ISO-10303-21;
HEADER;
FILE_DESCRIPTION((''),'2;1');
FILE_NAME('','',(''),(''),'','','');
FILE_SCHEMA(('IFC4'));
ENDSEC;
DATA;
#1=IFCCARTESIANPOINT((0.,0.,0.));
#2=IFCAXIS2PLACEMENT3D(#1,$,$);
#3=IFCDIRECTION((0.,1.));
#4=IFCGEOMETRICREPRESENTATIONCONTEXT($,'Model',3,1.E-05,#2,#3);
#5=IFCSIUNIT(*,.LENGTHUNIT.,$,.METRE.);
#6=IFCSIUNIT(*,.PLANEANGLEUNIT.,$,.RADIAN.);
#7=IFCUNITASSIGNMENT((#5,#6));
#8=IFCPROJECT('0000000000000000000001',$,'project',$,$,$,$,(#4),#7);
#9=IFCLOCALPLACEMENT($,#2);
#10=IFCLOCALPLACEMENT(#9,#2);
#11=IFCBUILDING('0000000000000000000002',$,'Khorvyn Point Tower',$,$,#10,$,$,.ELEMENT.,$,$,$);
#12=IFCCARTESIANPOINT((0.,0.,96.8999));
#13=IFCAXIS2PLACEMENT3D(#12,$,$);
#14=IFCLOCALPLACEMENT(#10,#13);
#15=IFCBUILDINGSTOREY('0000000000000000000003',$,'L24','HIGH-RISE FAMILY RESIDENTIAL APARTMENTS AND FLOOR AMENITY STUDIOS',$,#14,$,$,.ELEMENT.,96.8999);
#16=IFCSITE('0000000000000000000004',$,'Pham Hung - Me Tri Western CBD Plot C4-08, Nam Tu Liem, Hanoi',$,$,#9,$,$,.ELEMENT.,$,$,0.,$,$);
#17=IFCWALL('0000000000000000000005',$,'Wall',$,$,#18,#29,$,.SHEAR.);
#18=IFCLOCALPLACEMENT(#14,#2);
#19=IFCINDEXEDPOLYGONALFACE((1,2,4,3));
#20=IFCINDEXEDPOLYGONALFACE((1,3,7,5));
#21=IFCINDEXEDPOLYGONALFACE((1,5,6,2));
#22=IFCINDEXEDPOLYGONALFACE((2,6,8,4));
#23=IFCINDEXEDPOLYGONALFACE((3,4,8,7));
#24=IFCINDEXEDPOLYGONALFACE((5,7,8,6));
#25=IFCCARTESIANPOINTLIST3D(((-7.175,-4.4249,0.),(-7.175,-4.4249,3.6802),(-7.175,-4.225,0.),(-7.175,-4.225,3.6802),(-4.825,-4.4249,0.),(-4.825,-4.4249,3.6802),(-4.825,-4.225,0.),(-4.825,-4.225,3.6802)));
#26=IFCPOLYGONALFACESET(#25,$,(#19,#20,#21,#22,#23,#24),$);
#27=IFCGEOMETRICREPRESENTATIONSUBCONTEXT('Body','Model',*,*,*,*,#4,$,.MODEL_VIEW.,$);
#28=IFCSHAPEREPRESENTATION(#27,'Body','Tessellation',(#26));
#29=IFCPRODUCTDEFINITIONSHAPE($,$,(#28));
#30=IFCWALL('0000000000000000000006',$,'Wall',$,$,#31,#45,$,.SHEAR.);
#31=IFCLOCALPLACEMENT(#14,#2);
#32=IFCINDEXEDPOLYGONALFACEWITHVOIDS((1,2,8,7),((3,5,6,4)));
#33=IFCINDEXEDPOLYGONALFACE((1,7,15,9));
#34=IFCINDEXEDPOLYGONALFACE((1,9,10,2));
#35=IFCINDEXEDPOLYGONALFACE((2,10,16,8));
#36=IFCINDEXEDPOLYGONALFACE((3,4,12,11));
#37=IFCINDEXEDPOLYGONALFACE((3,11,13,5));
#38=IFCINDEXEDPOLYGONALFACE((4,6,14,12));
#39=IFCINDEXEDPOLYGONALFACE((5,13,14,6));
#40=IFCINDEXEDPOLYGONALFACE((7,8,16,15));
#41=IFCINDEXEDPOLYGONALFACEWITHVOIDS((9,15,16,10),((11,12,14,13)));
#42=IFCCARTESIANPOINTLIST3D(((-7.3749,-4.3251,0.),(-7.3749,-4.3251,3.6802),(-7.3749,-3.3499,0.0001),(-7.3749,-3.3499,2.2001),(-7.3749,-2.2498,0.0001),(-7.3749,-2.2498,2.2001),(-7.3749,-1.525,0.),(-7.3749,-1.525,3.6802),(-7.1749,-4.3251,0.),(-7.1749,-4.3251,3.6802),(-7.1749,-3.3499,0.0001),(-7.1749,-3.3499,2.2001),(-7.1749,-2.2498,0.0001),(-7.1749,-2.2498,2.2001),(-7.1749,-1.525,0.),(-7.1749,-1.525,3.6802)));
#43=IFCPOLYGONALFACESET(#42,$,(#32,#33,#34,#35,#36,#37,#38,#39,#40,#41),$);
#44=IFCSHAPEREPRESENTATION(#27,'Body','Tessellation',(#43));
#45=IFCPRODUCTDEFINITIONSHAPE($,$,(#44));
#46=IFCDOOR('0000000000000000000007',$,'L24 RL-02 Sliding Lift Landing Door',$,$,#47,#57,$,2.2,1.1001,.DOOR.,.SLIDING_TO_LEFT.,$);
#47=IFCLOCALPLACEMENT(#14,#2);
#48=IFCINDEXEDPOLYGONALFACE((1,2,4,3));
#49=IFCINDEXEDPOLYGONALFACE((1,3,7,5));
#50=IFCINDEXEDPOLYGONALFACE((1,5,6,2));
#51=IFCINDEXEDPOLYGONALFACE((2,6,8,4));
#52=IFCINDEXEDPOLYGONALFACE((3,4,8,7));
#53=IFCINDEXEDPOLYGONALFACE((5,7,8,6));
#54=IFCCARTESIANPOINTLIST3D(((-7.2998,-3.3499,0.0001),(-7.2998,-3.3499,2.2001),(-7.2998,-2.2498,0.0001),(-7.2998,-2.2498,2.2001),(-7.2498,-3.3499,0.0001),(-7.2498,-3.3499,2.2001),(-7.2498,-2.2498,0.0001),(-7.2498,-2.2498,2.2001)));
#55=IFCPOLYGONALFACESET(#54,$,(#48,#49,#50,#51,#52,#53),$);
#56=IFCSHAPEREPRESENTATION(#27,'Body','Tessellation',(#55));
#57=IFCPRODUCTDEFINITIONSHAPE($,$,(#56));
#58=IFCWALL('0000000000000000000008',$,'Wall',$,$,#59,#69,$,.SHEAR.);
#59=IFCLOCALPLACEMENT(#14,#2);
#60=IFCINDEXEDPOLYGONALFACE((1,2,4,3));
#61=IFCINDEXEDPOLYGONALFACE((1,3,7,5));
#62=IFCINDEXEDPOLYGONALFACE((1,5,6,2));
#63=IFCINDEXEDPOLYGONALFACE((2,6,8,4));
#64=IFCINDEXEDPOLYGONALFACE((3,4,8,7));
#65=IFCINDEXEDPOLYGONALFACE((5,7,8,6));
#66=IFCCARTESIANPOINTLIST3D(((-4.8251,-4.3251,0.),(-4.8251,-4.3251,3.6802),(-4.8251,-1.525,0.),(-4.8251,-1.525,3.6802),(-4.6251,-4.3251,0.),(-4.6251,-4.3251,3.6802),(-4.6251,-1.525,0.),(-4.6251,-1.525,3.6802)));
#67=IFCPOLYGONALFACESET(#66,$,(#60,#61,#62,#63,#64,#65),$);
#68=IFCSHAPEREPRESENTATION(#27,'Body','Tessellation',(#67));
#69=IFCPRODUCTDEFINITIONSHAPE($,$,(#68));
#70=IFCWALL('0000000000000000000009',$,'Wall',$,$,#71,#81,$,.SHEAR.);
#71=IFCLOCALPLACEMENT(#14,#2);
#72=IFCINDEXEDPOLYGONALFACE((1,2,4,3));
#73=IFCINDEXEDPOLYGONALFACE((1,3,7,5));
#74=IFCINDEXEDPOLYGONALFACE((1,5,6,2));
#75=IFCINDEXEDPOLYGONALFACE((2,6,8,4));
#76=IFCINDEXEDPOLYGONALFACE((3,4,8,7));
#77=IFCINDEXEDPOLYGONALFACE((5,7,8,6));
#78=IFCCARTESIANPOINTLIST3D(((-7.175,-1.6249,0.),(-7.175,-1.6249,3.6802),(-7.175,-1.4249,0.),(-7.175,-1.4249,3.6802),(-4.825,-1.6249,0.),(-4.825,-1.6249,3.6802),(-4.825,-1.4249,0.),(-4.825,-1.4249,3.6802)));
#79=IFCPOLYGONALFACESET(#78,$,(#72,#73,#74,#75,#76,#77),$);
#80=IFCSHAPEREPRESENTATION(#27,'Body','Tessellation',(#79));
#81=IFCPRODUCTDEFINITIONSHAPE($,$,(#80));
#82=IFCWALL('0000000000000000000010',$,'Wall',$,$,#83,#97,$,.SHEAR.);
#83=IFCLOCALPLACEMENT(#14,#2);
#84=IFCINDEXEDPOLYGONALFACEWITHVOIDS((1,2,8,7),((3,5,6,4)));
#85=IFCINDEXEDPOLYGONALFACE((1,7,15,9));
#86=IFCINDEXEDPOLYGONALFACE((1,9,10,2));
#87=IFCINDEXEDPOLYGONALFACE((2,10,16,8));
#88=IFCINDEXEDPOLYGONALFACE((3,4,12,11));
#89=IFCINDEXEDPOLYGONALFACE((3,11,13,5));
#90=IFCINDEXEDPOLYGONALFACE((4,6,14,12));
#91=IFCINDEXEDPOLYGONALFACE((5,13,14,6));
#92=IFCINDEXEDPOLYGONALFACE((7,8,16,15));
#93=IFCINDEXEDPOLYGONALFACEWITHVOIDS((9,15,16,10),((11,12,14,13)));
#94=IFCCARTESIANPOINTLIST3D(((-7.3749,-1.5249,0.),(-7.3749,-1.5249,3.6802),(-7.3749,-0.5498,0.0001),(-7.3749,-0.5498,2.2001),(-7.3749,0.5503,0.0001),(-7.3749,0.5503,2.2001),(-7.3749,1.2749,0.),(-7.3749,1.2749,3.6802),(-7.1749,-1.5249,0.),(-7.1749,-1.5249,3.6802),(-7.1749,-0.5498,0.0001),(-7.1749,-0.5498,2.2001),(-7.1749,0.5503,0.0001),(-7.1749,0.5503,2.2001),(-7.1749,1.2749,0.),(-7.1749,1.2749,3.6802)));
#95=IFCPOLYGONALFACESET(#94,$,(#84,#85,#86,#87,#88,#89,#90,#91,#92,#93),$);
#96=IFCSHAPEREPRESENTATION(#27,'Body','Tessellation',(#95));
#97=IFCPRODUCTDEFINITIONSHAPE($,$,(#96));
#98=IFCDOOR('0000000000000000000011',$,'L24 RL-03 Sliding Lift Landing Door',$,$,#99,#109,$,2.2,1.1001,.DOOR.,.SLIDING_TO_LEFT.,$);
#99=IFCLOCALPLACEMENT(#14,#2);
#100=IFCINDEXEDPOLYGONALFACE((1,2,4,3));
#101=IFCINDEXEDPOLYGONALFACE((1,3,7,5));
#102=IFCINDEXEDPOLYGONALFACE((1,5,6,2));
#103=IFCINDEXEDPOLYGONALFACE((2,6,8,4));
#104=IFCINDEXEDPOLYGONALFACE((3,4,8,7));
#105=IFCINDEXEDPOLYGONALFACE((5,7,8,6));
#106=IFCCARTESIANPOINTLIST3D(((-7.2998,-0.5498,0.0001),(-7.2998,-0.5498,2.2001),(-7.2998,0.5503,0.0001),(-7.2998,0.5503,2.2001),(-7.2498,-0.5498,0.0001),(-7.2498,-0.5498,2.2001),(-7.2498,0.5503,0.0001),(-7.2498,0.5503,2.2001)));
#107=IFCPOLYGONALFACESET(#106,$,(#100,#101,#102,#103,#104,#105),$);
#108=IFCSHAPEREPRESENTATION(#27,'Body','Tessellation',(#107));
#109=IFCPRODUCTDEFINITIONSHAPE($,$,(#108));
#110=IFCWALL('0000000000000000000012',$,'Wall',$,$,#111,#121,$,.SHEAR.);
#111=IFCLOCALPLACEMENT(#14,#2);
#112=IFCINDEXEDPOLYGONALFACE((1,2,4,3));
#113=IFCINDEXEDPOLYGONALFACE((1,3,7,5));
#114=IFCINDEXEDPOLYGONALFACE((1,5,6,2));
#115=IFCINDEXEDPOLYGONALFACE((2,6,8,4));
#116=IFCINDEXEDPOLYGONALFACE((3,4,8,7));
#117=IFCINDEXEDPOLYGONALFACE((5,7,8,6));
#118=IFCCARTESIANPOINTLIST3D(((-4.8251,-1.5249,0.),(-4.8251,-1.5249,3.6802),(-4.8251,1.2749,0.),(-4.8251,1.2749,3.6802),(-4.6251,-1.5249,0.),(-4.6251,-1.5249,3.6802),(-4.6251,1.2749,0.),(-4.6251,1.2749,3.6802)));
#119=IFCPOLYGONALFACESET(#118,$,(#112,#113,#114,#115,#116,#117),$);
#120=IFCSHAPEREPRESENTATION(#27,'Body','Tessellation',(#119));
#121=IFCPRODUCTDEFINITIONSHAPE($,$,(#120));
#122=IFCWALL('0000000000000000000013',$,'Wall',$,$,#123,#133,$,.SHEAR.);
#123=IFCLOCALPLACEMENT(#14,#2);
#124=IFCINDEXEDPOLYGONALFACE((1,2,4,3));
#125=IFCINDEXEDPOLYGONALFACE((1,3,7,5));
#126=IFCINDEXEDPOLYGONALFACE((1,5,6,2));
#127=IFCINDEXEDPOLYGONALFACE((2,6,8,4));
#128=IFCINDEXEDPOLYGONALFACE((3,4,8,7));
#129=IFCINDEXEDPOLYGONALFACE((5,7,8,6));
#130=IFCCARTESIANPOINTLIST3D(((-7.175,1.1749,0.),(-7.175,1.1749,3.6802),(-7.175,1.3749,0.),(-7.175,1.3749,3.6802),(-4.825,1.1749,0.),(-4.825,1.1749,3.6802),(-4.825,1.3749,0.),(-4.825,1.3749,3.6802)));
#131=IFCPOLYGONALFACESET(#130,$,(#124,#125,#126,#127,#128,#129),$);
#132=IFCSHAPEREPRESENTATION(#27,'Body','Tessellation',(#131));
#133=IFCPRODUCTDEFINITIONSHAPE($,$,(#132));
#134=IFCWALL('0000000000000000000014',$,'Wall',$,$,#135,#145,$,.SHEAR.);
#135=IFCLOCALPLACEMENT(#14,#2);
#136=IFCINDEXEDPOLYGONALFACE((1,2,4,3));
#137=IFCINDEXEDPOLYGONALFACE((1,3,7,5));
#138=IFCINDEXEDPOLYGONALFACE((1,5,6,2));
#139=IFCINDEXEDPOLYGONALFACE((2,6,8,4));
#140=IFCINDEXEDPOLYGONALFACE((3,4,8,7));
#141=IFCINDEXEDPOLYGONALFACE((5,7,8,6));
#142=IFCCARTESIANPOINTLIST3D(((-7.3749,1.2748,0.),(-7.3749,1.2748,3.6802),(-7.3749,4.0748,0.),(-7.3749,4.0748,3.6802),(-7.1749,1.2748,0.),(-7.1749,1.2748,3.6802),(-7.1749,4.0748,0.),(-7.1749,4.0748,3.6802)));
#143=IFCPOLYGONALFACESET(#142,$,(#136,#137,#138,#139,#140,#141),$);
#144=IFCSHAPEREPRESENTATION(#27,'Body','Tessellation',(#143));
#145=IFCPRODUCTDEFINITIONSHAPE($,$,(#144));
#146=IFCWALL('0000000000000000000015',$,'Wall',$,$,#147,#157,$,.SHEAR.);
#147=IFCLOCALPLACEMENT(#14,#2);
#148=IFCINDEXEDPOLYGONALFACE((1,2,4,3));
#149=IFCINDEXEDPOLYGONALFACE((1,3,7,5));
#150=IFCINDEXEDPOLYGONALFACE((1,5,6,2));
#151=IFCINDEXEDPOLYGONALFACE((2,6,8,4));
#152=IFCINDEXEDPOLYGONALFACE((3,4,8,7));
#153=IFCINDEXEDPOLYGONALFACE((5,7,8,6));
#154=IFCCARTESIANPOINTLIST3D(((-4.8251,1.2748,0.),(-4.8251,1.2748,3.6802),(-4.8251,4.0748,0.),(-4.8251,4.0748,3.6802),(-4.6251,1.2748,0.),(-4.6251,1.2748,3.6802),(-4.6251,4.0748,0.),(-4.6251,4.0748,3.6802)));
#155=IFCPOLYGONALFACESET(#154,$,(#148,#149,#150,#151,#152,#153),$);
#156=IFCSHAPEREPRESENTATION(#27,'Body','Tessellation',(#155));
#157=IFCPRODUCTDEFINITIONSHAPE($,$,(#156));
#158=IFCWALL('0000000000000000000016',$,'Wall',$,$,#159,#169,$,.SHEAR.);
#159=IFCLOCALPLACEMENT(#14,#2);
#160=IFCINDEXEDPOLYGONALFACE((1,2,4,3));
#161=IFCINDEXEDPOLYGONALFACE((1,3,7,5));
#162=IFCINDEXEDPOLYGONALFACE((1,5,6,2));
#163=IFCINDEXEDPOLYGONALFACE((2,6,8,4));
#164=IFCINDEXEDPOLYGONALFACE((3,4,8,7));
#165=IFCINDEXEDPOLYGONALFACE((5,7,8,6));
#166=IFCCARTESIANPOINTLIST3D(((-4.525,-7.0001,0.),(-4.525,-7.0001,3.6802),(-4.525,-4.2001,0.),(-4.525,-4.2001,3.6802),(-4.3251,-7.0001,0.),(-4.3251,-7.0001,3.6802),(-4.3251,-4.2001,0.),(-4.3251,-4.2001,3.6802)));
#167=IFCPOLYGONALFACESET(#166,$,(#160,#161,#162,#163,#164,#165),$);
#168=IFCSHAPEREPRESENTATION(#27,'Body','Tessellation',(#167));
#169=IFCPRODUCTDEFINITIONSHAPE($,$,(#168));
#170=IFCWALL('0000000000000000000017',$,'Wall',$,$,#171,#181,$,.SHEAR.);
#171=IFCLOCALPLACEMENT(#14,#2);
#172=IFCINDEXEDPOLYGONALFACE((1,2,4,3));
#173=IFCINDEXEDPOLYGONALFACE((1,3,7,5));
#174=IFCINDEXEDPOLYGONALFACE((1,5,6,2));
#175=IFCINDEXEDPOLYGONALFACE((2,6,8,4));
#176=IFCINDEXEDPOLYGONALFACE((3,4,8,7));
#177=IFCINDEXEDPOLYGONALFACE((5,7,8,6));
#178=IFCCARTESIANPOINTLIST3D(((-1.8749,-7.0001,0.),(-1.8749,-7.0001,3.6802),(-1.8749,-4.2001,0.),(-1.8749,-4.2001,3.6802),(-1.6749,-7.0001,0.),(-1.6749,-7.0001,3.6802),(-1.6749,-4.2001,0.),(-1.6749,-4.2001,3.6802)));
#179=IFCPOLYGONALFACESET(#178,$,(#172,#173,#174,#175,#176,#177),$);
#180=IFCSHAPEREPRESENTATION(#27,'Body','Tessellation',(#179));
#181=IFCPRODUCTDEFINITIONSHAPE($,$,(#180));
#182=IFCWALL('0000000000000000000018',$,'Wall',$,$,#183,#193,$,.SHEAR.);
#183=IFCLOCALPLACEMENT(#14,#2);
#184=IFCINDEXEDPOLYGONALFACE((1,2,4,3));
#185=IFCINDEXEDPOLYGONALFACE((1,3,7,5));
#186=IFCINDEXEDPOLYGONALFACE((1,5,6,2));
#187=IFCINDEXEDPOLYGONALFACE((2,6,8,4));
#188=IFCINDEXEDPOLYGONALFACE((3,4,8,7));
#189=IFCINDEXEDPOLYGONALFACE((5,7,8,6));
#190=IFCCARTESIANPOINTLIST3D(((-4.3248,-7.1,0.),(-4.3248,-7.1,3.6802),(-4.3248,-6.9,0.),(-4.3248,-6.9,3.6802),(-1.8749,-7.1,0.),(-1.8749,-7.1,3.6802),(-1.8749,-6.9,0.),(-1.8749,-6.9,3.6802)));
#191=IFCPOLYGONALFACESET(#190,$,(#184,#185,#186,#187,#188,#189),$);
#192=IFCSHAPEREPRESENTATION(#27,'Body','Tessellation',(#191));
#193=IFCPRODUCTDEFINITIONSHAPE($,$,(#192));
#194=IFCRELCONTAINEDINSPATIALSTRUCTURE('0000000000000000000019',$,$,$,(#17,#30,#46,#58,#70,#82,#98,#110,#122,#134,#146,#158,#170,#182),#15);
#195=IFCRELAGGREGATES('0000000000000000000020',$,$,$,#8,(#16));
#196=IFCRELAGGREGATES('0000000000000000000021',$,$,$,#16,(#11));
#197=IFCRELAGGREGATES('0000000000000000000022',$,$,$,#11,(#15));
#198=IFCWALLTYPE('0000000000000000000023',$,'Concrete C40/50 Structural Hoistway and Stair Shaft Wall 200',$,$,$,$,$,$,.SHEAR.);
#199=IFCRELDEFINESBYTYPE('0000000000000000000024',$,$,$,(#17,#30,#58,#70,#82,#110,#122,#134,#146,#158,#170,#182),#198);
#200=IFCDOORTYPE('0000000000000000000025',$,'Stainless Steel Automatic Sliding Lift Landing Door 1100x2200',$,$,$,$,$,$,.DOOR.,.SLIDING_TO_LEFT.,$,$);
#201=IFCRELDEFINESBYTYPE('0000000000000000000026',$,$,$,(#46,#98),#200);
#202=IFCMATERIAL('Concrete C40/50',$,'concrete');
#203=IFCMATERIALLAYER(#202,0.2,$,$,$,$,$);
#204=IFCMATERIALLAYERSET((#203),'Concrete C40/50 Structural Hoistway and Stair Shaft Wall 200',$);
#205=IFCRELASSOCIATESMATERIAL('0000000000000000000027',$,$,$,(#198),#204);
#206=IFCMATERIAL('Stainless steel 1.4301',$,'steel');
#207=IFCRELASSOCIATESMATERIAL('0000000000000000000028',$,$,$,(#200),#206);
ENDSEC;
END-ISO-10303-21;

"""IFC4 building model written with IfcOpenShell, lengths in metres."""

from ifc_helpers import new_model, si_unit, direction, frame, frame_2d, origin, place, context, subcontext, project, spatial, rectangle, extrude, material, layer, layer_set, type_object, element, fill, save


model = new_model("IFC4")

# Units and contexts
model_context = context("Model", 3, precision=1e-05, world=origin(), true_north=direction((0.0, 1.0)))
body_context = subcontext(model_context, "Body", "Model", "MODEL_VIEW")
ifc_project = project(units=[si_unit("LENGTHUNIT", "METRE"), si_unit("PLANEANGLEUNIT", "RADIAN")], contexts=[model_context])

# Site, building, storey
site_placement = place(None, origin())
site = spatial("IfcSite", under=ifc_project, at=site_placement, Name="Pham Hung - Me Tri Western CBD Plot C4-08, Nam Tu Liem, Hanoi", CompositionType="ELEMENT", RefElevation=0.0)
building_placement = place(site_placement, origin())
building = spatial("IfcBuilding", under=site, at=building_placement, Name="Khorvyn Point Tower", CompositionType="ELEMENT")
storey_placement = place(building_placement, frame((0.0, 0.0, 96.8999)))
storey = spatial("IfcBuildingStorey", under=building, at=storey_placement, Name="L24", Description="HIGH-RISE FAMILY RESIDENTIAL APARTMENTS AND FLOOR AMENITY STUDIOS", CompositionType="ELEMENT", Elevation=96.8999)

# Shared definitions
ifc_material_1 = material(Name="Concrete C40/50", Category="concrete")

# Shared definitions
ifc_layer_1 = layer(ifc_material_1, 0.2)
ifc_layer_set_1 = layer_set([ifc_layer_1], Name="Concrete C40/50 Structural Hoistway and Stair Shaft Wall 200")
wall_type_1 = type_object("IfcWallType", Name="Concrete C40/50 Structural Hoistway and Stair Shaft Wall 200", PredefinedType="SHEAR", material=ifc_layer_set_1)
ifc_material_2 = material(Name="Stainless steel 1.4301", Category="steel")
door_type_1 = type_object("IfcDoorType", Name="Stainless Steel Automatic Sliding Lift Landing Door 1100x2200", OperationType="SLIDING_TO_LEFT", PredefinedType="DOOR", material=ifc_material_2)

# Wall
for number, where, z_axis, x_axis, name in (
    (1, (-7.175, -4.325, 0.0), (0.0, 0.0, 1.0), (1.0, 0.0, 0.0), "Wall"),
):
    element("IfcWall", number, at=place(storey_placement, frame(where, z_axis=z_axis, x_axis=x_axis)), inside=storey, type_object=wall_type_1, Name=name, PredefinedType="SHEAR", context=body_context, shape_type="SweptSolid", body=[
        extrude(rectangle(XDim=2.3501, YDim=0.2, at=frame_2d((1.175, 0.0))), origin(), (0.0, 0.0, 1.0), 3.6802),
    ])

# Wall, opening, door
wall_1_placement = place(storey_placement, frame((-7.2749, -4.325, 0.0), z_axis=(0.0, 0.0, 1.0), x_axis=(0.0, 1.0, 0.0)))
wall_1 = element("IfcWall", 2, at=wall_1_placement, inside=storey, type_object=wall_type_1, Name="Wall", PredefinedType="SHEAR", context=body_context, shape_type="SweptSolid", body=[
    extrude(rectangle(XDim=2.8, YDim=0.2, at=frame_2d((1.3999, 0.0))), origin(), (0.0, 0.0, 1.0), 3.6802),
])
opening_1_placement = place(wall_1_placement, frame((0.9751, 0.0, 0.0)))
opening_1 = element("IfcOpeningElement", 3, at=opening_1_placement, cuts=wall_1, PredefinedType="OPENING", context=body_context, shape_type="SweptSolid", body=[
    extrude(rectangle(XDim=1.1001, YDim=2.2, at=frame_2d((0.55, 1.1001))), frame((0.0, 0.1099, 0.0), z_axis=(0.0, -1.0, 0.0), x_axis=(1.0, 0.0, 0.0)), (0.0, 0.0, 1.0), 0.22),
])
door_1_placement = place(opening_1_placement, origin())
door_1 = element("IfcDoor", 4, at=door_1_placement, inside=storey, type_object=door_type_1, Name="L24 RL-02 Sliding Lift Landing Door", OperationType="SLIDING_TO_LEFT", OverallHeight=2.2, OverallWidth=1.1001, PredefinedType="DOOR", context=body_context, shape_type="SweptSolid", body=[
    extrude(rectangle(XDim=1.1001, YDim=2.2, at=frame_2d((0.55, 1.1001))), frame((0.0, 0.0249, 0.0), z_axis=(0.0, -1.0, 0.0), x_axis=(1.0, 0.0, 0.0)), (0.0, 0.0, 1.0), 0.05),
])
fill(opening_1, door_1)

# Walls
wall_2_placement = place(storey_placement, frame((-4.7251, -4.325, 0.0), z_axis=(0.0, 0.0, 1.0), x_axis=(0.0, 1.0, 0.0)))
element("IfcWall", 5, at=wall_2_placement, inside=storey, type_object=wall_type_1, Name="Wall", PredefinedType="SHEAR", context=body_context, shape_type="SweptSolid", body=[
    extrude(rectangle(XDim=2.8, YDim=0.2, at=frame_2d((1.3999, 0.0))), origin(), (0.0, 0.0, 1.0), 3.6802),
])
wall_3_placement = place(storey_placement, frame((-7.175, -1.5249, 0.0), z_axis=(0.0, 0.0, 1.0), x_axis=(1.0, 0.0, 0.0)))
element("IfcWall", 6, at=wall_3_placement, inside=storey, type_object=wall_type_1, Name="Wall", PredefinedType="SHEAR", context=body_context, shape_type="SweptSolid", body=[
    extrude(rectangle(XDim=2.3501, YDim=0.2, at=frame_2d((1.175, 0.0))), origin(), (0.0, 0.0, 1.0), 3.6802),
])

# Wall, opening, door
wall_4_placement = place(storey_placement, frame((-7.2749, -1.5249, 0.0), z_axis=(0.0, 0.0, 1.0), x_axis=(0.0, 1.0, 0.0)))
wall_4 = element("IfcWall", 7, at=wall_4_placement, inside=storey, type_object=wall_type_1, Name="Wall", PredefinedType="SHEAR", context=body_context, shape_type="SweptSolid", body=[
    extrude(rectangle(XDim=2.7998, YDim=0.2, at=frame_2d((1.3999, 0.0))), origin(), (0.0, 0.0, 1.0), 3.6802),
])
opening_2_placement = place(wall_4_placement, frame((0.9751, 0.0, 0.0)))
opening_2 = element("IfcOpeningElement", 8, at=opening_2_placement, cuts=wall_4, PredefinedType="OPENING", context=body_context, shape_type="SweptSolid", body=[
    extrude(rectangle(XDim=1.1001, YDim=2.2, at=frame_2d((0.55, 1.1001))), frame((0.0, 0.1099, 0.0), z_axis=(0.0, -1.0, 0.0), x_axis=(1.0, 0.0, 0.0)), (0.0, 0.0, 1.0), 0.22),
])
door_2_placement = place(opening_2_placement, origin())
door_2 = element("IfcDoor", 9, at=door_2_placement, inside=storey, type_object=door_type_1, Name="L24 RL-03 Sliding Lift Landing Door", OperationType="SLIDING_TO_LEFT", OverallHeight=2.2, OverallWidth=1.1001, PredefinedType="DOOR", context=body_context, shape_type="SweptSolid", body=[
    extrude(rectangle(XDim=1.1001, YDim=2.2, at=frame_2d((0.55, 1.1001))), frame((0.0, 0.0249, 0.0), z_axis=(0.0, -1.0, 0.0), x_axis=(1.0, 0.0, 0.0)), (0.0, 0.0, 1.0), 0.05),
])
fill(opening_2, door_2)

# Walls
wall_5_placement = place(storey_placement, frame((-4.7251, -1.5249, 0.0), z_axis=(0.0, 0.0, 1.0), x_axis=(0.0, 1.0, 0.0)))
element("IfcWall", 10, at=wall_5_placement, inside=storey, type_object=wall_type_1, Name="Wall", PredefinedType="SHEAR", context=body_context, shape_type="SweptSolid", body=[
    extrude(rectangle(XDim=2.7998, YDim=0.2, at=frame_2d((1.3999, 0.0))), origin(), (0.0, 0.0, 1.0), 3.6802),
])
wall_6_placement = place(storey_placement, frame((-7.175, 1.2749, 0.0), z_axis=(0.0, 0.0, 1.0), x_axis=(1.0, 0.0, 0.0)))
element("IfcWall", 11, at=wall_6_placement, inside=storey, type_object=wall_type_1, Name="Wall", PredefinedType="SHEAR", context=body_context, shape_type="SweptSolid", body=[
    extrude(rectangle(XDim=2.3501, YDim=0.2, at=frame_2d((1.175, 0.0))), origin(), (0.0, 0.0, 1.0), 3.6802),
])
for number, where, z_axis, x_axis, name in (
    (12, (-7.2749, 1.2749, 0.0), (0.0, 0.0, 1.0), (0.0, 1.0, 0.0), "Wall"),
    (13, (-4.7251, 1.2749, 0.0), (0.0, 0.0, 1.0), (0.0, 1.0, 0.0), "Wall"),
    (14, (-4.425, -7.0, 0.0), (0.0, 0.0, 1.0), (0.0, 1.0, 0.0), "Wall"),
    (15, (-1.7749, -7.0, 0.0), (0.0, 0.0, 1.0), (0.0, 1.0, 0.0), "Wall"),
):
    element("IfcWall", number, at=place(storey_placement, frame(where, z_axis=z_axis, x_axis=x_axis)), inside=storey, type_object=wall_type_1, Name=name, PredefinedType="SHEAR", context=body_context, shape_type="SweptSolid", body=[
        extrude(rectangle(XDim=2.8, YDim=0.2, at=frame_2d((1.3999, 0.0))), origin(), (0.0, 0.0, 1.0), 3.6802),
    ])
for number, where, z_axis, x_axis, name in (
    (16, (-4.325, -7.0, 0.0), (0.0, 0.0, 1.0), (1.0, 0.0, 0.0), "Wall"),
):
    element("IfcWall", number, at=place(storey_placement, frame(where, z_axis=z_axis, x_axis=x_axis)), inside=storey, type_object=wall_type_1, Name=name, PredefinedType="SHEAR", context=body_context, shape_type="SweptSolid", body=[
        extrude(rectangle(XDim=2.45, YDim=0.2, at=frame_2d((1.2251, 0.0))), origin(), (0.0, 0.0, 1.0), 3.6802),
    ])

save(model, "model.ifc")
